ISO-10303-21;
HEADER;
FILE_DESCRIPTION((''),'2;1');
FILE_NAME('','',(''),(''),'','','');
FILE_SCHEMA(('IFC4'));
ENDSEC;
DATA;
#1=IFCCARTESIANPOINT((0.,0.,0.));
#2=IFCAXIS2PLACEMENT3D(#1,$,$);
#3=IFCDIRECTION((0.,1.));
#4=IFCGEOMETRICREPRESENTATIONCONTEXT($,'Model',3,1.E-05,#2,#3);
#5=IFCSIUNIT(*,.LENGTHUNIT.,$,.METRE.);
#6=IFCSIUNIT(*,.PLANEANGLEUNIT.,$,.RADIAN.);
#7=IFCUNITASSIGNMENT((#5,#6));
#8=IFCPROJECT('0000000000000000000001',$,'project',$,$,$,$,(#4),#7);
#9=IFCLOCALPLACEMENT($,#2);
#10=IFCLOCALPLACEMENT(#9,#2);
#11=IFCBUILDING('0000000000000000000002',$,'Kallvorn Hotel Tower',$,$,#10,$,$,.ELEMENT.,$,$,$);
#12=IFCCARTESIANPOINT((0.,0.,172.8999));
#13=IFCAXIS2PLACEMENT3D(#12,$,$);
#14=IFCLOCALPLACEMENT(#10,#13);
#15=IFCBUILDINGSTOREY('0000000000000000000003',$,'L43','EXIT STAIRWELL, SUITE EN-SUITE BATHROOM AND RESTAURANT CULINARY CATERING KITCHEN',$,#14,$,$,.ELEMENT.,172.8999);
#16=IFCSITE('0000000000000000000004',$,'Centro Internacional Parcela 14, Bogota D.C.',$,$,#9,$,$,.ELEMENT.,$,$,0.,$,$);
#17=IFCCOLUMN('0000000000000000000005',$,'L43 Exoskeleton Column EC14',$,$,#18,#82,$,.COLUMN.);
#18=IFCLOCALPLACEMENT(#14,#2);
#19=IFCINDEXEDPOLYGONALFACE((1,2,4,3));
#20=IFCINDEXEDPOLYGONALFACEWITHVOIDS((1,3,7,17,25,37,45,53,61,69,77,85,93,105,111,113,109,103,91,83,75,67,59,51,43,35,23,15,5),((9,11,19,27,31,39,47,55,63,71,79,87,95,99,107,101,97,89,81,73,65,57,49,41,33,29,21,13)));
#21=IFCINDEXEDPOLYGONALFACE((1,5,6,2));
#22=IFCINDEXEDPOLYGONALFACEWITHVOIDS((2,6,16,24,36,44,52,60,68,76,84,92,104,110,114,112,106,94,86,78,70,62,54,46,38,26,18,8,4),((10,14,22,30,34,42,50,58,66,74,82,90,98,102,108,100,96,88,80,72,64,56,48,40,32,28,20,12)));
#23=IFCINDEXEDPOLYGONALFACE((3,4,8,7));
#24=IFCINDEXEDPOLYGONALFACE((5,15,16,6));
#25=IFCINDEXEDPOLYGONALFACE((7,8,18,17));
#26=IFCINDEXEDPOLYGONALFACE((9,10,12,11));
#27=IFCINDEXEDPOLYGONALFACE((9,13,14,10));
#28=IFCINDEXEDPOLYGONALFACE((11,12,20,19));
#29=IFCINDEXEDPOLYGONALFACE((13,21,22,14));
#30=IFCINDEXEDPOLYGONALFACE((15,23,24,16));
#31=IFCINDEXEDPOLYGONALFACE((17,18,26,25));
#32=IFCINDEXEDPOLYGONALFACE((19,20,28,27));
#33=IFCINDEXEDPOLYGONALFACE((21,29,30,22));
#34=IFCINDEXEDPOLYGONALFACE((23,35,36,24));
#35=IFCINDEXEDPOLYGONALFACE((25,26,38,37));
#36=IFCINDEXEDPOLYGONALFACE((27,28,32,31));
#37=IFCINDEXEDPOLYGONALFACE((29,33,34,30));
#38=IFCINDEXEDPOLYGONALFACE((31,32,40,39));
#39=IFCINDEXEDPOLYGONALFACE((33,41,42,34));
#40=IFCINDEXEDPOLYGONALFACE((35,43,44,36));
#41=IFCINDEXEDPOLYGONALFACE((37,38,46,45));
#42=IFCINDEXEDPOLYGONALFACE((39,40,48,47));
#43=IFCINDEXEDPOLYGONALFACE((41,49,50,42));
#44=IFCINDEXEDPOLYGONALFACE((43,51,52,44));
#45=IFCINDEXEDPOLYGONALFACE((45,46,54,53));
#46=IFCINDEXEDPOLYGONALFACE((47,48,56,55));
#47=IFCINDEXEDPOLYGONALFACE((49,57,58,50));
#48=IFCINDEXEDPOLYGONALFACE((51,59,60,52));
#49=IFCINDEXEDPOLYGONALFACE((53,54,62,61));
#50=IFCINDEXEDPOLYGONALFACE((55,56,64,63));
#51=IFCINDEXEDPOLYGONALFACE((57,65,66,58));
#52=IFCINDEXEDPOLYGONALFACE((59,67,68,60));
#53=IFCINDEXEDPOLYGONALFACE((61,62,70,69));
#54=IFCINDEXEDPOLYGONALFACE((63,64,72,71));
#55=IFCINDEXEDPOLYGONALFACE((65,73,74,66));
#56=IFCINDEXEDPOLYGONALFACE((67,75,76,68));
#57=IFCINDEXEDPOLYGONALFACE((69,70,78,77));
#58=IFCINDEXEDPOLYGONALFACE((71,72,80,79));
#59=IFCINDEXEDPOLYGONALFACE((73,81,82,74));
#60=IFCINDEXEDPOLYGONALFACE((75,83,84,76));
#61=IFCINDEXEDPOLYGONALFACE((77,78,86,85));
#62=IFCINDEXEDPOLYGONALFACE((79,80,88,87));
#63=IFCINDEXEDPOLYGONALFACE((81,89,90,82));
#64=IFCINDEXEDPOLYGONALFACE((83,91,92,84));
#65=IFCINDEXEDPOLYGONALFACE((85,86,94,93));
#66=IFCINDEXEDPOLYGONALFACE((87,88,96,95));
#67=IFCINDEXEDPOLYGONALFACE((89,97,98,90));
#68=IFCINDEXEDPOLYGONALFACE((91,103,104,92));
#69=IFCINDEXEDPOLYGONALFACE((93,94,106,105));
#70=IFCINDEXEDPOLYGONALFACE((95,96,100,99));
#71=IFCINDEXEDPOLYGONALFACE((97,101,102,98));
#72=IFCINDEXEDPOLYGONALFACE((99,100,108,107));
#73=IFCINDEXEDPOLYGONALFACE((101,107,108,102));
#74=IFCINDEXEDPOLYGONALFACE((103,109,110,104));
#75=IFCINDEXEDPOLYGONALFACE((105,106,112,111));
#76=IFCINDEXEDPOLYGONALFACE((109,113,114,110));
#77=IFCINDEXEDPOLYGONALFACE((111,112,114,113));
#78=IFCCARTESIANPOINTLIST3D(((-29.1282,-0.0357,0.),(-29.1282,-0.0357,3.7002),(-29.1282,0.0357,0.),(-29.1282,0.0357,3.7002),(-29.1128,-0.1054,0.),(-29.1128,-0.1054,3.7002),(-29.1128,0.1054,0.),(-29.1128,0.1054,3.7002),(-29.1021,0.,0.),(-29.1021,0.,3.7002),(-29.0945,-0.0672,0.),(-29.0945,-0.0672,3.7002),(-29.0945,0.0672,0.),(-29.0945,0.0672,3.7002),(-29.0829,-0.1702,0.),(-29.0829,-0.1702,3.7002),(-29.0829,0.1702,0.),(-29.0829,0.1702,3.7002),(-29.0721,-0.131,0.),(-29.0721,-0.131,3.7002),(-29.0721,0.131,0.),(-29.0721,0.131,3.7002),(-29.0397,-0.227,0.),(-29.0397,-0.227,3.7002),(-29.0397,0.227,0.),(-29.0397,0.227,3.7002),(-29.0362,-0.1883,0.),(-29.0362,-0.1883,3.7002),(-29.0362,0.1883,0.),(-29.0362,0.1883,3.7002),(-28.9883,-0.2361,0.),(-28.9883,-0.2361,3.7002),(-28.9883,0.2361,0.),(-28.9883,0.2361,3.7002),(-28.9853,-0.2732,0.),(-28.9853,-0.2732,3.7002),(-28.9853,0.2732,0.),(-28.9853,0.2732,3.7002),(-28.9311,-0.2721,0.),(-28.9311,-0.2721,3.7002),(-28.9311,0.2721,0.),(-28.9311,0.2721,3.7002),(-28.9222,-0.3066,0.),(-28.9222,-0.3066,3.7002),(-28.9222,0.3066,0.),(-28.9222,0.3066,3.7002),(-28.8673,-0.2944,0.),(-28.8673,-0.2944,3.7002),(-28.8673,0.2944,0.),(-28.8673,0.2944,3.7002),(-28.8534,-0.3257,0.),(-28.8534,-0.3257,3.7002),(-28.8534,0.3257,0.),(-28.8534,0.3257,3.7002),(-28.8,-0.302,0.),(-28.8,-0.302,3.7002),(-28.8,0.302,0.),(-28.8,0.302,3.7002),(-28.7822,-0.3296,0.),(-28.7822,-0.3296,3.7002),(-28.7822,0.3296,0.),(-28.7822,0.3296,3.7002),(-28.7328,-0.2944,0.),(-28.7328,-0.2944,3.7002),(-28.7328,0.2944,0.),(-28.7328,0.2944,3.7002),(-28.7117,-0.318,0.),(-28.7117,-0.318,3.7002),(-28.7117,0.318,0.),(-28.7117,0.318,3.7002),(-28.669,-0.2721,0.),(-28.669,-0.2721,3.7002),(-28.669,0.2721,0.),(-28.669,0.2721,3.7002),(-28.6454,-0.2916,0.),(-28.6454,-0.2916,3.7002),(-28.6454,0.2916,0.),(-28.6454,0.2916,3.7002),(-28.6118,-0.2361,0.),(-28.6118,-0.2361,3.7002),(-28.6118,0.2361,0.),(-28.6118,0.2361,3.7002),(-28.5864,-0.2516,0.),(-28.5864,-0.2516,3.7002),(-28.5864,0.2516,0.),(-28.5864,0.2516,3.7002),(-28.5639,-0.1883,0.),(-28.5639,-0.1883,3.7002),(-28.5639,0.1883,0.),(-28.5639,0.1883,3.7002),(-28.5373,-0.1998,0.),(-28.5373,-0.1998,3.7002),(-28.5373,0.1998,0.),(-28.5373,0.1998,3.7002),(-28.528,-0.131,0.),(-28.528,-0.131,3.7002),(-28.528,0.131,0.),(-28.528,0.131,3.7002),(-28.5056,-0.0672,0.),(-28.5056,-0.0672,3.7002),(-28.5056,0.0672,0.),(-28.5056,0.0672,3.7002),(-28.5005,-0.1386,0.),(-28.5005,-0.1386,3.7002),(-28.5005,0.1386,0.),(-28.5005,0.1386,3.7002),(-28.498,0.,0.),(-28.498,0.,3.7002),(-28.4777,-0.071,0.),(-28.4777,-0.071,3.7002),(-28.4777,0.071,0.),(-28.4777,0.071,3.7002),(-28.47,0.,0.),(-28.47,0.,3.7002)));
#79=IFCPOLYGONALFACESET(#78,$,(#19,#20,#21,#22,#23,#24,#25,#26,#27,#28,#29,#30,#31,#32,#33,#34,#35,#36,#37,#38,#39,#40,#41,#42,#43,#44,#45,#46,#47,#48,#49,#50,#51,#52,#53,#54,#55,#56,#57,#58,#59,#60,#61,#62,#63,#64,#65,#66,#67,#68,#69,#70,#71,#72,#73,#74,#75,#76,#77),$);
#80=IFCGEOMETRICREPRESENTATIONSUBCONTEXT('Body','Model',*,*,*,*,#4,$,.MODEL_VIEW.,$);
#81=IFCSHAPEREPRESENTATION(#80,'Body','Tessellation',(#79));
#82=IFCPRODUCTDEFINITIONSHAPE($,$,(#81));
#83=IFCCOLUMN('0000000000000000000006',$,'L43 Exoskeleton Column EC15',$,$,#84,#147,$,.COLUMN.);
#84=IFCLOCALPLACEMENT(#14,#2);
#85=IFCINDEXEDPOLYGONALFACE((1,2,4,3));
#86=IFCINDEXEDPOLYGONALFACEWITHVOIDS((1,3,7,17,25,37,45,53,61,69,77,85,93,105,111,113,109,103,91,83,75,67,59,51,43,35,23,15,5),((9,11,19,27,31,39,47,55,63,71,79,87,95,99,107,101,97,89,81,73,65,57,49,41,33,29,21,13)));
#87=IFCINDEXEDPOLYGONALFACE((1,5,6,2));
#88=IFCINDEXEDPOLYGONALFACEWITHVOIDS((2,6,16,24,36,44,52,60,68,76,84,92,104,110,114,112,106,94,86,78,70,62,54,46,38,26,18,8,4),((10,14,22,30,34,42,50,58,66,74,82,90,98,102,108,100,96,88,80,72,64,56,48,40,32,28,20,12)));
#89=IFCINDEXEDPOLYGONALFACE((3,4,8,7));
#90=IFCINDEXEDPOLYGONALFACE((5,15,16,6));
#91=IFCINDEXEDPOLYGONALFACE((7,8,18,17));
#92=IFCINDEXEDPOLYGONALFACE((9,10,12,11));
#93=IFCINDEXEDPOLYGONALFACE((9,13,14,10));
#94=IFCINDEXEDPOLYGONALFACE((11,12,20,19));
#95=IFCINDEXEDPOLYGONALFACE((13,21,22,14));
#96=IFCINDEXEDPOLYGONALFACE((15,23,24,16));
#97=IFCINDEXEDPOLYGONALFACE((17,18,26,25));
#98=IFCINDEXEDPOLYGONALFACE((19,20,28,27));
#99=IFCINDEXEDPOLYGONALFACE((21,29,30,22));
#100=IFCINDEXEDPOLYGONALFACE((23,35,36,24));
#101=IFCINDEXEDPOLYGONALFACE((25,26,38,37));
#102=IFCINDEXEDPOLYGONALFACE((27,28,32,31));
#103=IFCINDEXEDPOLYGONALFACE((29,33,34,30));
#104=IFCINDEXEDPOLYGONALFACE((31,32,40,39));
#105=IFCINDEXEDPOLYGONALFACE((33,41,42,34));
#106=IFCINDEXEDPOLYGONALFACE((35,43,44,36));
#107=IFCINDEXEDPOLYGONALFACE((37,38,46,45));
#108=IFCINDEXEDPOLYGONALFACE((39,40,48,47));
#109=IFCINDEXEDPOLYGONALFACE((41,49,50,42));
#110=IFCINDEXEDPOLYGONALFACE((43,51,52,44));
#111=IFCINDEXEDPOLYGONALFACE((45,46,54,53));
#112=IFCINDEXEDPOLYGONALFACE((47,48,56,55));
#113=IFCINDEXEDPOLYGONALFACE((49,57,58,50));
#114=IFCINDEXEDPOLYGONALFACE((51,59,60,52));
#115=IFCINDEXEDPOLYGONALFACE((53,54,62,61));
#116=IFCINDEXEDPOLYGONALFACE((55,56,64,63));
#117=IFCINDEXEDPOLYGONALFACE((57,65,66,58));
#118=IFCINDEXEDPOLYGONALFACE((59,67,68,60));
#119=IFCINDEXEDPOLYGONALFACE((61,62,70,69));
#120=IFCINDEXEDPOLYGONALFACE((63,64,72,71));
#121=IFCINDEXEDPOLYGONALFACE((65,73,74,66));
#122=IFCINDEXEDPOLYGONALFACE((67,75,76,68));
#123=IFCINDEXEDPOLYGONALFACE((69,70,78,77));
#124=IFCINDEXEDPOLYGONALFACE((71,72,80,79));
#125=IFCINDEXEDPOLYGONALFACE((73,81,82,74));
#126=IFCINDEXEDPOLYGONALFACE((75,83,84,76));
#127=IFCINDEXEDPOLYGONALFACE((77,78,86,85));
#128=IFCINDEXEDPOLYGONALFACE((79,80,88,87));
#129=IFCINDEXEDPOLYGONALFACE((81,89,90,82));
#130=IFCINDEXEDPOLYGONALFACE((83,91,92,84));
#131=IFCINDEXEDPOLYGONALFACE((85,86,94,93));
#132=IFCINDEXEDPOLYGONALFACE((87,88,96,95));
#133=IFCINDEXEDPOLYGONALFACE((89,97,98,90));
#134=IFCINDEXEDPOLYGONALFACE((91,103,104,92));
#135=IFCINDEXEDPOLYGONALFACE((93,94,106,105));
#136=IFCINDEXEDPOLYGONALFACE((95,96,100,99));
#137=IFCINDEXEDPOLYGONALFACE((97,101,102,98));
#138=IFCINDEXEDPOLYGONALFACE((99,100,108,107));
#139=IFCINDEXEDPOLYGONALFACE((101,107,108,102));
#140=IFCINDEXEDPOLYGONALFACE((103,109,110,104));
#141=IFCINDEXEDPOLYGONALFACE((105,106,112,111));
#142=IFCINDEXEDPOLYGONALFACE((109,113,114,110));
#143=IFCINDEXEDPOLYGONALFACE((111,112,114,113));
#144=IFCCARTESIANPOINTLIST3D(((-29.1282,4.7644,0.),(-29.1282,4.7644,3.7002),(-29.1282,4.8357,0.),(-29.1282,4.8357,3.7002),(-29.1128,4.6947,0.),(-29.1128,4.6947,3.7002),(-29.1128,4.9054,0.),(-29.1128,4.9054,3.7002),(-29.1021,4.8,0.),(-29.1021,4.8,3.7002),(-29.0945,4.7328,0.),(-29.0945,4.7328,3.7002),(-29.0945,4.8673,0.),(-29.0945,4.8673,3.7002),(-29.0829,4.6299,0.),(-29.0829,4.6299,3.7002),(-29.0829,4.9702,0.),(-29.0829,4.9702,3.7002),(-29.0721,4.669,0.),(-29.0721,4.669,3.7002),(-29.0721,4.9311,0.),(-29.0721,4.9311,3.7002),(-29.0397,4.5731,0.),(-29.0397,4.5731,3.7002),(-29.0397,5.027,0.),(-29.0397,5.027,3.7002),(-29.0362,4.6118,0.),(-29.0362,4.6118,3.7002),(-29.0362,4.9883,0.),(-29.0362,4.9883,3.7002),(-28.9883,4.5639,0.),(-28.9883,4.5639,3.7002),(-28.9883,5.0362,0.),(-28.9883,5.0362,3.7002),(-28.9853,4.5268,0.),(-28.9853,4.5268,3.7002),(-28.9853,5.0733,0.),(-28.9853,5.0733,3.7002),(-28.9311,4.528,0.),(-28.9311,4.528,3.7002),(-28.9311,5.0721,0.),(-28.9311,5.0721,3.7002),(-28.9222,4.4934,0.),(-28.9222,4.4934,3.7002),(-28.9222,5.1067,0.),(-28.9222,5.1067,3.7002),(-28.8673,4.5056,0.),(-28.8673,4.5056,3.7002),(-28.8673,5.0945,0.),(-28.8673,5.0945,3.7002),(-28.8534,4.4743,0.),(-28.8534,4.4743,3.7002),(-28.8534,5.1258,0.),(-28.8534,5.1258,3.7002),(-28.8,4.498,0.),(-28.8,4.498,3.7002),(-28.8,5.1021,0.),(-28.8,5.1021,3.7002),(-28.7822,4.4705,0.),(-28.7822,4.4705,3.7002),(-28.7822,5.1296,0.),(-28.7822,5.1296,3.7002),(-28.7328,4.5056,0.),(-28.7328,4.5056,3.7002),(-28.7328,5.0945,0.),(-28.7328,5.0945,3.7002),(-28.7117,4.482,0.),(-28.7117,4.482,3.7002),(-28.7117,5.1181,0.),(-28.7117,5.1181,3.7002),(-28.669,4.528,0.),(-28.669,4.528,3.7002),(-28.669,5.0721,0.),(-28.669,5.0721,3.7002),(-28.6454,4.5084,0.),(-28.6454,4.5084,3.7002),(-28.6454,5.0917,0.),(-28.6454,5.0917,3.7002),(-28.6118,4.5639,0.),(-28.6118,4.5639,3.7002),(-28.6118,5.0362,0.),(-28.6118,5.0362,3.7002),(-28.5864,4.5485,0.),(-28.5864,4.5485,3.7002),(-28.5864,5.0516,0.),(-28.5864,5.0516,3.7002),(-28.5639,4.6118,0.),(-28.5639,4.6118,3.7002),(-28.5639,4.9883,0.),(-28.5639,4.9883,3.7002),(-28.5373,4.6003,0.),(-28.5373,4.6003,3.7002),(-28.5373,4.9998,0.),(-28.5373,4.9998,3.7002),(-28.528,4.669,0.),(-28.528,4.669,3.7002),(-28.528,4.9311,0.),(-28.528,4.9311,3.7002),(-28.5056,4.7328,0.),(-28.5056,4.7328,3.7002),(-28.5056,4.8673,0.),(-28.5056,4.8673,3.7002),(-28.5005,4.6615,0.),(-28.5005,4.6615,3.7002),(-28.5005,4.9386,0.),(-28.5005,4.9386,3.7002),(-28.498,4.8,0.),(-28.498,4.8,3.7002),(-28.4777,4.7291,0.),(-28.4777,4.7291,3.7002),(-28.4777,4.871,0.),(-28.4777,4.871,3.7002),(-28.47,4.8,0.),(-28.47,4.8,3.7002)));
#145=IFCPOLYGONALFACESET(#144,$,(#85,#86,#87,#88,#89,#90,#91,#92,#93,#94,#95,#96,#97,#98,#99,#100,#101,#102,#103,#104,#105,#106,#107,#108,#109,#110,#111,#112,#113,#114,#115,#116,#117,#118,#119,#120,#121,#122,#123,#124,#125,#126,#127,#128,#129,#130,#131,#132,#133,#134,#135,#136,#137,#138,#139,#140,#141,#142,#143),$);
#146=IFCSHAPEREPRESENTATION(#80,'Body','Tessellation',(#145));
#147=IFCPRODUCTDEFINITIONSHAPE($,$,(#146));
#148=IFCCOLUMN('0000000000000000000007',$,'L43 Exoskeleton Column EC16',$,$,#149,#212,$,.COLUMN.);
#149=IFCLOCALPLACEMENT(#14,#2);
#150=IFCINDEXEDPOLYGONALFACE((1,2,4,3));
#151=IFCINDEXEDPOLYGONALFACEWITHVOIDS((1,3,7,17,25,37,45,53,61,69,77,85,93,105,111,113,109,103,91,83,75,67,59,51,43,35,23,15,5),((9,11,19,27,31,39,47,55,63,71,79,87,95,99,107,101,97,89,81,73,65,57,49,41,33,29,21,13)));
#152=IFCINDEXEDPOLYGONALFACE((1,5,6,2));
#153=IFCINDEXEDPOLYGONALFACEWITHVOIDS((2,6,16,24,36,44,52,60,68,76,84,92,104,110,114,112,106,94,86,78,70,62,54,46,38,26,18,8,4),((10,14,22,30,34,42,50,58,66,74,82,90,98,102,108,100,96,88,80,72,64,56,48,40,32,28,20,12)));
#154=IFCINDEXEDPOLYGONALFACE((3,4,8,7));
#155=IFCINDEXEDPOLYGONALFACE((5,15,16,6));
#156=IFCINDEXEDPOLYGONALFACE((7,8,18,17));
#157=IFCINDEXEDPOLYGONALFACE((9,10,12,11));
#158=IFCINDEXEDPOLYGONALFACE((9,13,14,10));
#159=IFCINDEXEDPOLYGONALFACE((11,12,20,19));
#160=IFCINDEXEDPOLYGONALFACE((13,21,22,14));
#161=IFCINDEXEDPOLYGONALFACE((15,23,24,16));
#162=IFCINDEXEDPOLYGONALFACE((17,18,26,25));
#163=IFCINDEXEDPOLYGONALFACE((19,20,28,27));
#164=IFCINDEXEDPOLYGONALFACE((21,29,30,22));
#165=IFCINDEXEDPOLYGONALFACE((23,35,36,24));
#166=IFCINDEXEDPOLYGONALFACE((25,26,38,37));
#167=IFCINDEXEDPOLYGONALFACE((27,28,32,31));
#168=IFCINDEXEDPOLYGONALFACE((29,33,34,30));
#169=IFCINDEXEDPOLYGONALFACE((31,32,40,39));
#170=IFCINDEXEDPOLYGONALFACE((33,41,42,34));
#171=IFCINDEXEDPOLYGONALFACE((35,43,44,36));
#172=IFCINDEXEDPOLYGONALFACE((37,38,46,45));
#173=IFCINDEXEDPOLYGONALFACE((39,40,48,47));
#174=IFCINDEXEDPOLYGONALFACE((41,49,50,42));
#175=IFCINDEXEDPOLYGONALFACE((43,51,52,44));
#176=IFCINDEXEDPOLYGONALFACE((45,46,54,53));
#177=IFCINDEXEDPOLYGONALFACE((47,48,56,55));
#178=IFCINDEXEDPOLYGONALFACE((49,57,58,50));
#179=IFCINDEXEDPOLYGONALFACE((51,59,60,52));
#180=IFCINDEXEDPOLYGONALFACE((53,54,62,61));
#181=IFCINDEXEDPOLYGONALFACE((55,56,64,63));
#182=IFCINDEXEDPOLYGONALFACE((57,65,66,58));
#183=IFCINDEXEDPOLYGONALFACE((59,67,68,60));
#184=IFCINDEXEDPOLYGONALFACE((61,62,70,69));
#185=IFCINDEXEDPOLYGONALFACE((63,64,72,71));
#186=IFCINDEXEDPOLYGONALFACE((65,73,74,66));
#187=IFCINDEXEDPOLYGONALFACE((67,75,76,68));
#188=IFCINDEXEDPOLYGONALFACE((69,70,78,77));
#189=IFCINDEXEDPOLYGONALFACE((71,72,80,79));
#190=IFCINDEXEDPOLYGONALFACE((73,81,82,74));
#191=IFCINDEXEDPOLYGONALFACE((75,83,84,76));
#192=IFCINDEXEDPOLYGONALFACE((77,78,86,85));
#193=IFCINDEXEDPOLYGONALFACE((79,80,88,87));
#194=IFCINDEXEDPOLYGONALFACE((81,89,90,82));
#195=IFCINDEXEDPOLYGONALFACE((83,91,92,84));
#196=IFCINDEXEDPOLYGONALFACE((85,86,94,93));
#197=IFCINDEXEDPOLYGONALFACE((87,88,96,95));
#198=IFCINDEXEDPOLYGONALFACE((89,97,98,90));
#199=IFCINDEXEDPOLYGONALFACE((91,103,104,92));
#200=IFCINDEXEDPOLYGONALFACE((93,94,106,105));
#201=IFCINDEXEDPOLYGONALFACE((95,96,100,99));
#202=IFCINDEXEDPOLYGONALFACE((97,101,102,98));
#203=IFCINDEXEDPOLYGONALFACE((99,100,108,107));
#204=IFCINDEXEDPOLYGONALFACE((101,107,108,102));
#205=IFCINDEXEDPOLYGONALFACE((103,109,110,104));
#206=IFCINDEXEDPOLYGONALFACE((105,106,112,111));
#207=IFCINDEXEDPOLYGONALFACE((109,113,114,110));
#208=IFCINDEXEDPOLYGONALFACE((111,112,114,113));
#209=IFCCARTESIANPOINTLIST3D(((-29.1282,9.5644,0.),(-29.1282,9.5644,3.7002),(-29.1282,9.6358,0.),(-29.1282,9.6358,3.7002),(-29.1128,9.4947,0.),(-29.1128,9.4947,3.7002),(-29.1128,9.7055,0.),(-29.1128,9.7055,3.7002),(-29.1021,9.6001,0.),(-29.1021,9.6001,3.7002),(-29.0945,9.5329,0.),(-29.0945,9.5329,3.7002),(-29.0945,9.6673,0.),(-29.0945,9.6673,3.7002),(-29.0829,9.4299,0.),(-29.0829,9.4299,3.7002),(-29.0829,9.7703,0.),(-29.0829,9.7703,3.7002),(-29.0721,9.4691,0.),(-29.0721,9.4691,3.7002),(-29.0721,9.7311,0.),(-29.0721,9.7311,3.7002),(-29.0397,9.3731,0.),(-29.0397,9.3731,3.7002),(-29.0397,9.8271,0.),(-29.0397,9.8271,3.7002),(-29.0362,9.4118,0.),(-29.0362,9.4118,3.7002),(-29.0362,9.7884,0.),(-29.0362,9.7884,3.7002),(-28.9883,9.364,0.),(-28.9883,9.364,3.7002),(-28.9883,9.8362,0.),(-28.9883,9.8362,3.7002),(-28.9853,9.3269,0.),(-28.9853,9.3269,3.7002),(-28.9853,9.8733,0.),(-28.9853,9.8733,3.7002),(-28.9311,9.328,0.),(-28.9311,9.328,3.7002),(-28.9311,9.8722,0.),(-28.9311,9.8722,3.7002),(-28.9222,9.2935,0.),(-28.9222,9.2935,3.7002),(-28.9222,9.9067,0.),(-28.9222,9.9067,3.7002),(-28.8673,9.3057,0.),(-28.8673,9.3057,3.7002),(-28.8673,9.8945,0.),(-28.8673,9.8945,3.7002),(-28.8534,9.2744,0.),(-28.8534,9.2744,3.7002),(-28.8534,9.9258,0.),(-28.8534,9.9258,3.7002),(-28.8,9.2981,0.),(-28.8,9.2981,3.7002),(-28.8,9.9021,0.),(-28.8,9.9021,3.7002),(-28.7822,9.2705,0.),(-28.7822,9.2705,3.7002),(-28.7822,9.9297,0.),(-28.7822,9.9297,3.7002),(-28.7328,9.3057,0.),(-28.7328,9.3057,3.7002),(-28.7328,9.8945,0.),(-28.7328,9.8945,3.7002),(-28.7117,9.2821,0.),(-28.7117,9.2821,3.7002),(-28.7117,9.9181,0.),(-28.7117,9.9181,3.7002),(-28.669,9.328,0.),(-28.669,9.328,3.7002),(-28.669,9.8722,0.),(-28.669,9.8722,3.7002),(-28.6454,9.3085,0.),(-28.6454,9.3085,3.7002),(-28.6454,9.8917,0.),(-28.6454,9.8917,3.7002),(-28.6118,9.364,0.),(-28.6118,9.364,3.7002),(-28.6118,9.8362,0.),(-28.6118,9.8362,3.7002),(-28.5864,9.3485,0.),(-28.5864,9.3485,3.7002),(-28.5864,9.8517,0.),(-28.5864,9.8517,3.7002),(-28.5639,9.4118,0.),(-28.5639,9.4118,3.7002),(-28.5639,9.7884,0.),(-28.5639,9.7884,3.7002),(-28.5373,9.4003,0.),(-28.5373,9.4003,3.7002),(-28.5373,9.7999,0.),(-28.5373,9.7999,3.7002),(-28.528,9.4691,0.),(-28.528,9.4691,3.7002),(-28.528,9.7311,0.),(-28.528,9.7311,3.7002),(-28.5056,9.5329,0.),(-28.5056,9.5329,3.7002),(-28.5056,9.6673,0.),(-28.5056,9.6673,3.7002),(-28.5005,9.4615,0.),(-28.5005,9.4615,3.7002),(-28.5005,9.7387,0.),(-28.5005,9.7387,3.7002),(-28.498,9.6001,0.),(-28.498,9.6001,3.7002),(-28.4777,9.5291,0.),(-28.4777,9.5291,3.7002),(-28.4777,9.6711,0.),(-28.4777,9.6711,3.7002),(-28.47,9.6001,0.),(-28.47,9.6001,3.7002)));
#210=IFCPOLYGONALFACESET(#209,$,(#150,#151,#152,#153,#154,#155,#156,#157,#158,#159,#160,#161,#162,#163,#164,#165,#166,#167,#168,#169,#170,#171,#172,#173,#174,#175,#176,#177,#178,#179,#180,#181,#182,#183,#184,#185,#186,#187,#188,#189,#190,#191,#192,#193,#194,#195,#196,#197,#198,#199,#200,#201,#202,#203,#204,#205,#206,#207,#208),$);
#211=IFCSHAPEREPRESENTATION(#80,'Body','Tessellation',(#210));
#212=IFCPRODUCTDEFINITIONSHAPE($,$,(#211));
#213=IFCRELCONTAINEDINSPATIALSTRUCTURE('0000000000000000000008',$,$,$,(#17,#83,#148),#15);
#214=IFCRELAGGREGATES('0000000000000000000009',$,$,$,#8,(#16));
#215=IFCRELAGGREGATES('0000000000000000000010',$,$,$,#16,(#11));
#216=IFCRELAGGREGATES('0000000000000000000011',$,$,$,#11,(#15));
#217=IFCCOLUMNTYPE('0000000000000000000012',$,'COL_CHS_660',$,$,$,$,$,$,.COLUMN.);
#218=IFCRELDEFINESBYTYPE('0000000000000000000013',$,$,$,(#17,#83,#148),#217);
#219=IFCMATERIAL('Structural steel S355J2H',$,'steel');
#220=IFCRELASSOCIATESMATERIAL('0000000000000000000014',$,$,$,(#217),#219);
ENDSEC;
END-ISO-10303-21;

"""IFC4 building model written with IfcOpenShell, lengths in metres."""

from ifc_helpers import new_model, si_unit, direction, frame, origin, origin_2d, place, context, subcontext, project, spatial, hollow_circle, extrude, material, material_profile, profile_set, type_object, element, save


model = new_model("IFC4")

# Units and contexts
model_context = context("Model", 3, precision=1e-05, world=origin(), true_north=direction((0.0, 1.0)))
body_context = subcontext(model_context, "Body", "Model", "MODEL_VIEW")
ifc_project = project(units=[si_unit("LENGTHUNIT", "METRE"), si_unit("PLANEANGLEUNIT", "RADIAN")], contexts=[model_context])

# Site, building, storey
site_placement = place(None, origin())
site = spatial("IfcSite", under=ifc_project, at=site_placement, Name="Centro Internacional Parcela 14, Bogota D.C.", CompositionType="ELEMENT", RefElevation=0.0)
building_placement = place(site_placement, origin())
building = spatial("IfcBuilding", under=site, at=building_placement, Name="Kallvorn Hotel Tower", CompositionType="ELEMENT")
storey_placement = place(building_placement, frame((0.0, 0.0, 172.8999)))
storey = spatial("IfcBuildingStorey", under=building, at=storey_placement, Name="L43", Description="EXIT STAIRWELL, SUITE EN-SUITE BATHROOM AND RESTAURANT CULINARY CATERING KITCHEN", CompositionType="ELEMENT", Elevation=172.8999)

# Columns
ifc_material_1 = material(Name="Structural steel S355J2H", Category="steel")
ifc_material_profile_1 = material_profile(ifc_material_1, hollow_circle(Radius=0.3301, WallThickness=0.0281, at=origin_2d()), Name="CHS 660x28")
ifc_profile_set_1 = profile_set([ifc_material_profile_1], Name="Structural steel S355J2H")
column_type_1 = type_object("IfcColumnType", Name="COL_CHS_660", PredefinedType="COLUMN", material=ifc_profile_set_1)
for number, where, z_axis, x_axis, name in (
    (1, (-28.8, 0.0, 0.0), (0.0, 0.0, 1.0), (1.0, 0.0, 0.0), "L43 Exoskeleton Column EC14"),
    (2, (-28.8, 4.8, 0.0), (0.0, 0.0, 1.0), (1.0, 0.0, 0.0), "L43 Exoskeleton Column EC15"),
    (3, (-28.8, 9.6001, 0.0), (0.0, 0.0, 1.0), (1.0, 0.0, 0.0), "L43 Exoskeleton Column EC16"),
):
    element("IfcColumn", number, at=place(storey_placement, frame(where, z_axis=z_axis, x_axis=x_axis)), inside=storey, type_object=column_type_1, Name=name, PredefinedType="COLUMN", context=body_context, shape_type="SweptSolid", body=[
        extrude(hollow_circle(Radius=0.3301, WallThickness=0.0281, at=origin_2d()), origin(), (0.0, 0.0, 1.0), 3.7002),
    ])

save(model, "model.ifc")
